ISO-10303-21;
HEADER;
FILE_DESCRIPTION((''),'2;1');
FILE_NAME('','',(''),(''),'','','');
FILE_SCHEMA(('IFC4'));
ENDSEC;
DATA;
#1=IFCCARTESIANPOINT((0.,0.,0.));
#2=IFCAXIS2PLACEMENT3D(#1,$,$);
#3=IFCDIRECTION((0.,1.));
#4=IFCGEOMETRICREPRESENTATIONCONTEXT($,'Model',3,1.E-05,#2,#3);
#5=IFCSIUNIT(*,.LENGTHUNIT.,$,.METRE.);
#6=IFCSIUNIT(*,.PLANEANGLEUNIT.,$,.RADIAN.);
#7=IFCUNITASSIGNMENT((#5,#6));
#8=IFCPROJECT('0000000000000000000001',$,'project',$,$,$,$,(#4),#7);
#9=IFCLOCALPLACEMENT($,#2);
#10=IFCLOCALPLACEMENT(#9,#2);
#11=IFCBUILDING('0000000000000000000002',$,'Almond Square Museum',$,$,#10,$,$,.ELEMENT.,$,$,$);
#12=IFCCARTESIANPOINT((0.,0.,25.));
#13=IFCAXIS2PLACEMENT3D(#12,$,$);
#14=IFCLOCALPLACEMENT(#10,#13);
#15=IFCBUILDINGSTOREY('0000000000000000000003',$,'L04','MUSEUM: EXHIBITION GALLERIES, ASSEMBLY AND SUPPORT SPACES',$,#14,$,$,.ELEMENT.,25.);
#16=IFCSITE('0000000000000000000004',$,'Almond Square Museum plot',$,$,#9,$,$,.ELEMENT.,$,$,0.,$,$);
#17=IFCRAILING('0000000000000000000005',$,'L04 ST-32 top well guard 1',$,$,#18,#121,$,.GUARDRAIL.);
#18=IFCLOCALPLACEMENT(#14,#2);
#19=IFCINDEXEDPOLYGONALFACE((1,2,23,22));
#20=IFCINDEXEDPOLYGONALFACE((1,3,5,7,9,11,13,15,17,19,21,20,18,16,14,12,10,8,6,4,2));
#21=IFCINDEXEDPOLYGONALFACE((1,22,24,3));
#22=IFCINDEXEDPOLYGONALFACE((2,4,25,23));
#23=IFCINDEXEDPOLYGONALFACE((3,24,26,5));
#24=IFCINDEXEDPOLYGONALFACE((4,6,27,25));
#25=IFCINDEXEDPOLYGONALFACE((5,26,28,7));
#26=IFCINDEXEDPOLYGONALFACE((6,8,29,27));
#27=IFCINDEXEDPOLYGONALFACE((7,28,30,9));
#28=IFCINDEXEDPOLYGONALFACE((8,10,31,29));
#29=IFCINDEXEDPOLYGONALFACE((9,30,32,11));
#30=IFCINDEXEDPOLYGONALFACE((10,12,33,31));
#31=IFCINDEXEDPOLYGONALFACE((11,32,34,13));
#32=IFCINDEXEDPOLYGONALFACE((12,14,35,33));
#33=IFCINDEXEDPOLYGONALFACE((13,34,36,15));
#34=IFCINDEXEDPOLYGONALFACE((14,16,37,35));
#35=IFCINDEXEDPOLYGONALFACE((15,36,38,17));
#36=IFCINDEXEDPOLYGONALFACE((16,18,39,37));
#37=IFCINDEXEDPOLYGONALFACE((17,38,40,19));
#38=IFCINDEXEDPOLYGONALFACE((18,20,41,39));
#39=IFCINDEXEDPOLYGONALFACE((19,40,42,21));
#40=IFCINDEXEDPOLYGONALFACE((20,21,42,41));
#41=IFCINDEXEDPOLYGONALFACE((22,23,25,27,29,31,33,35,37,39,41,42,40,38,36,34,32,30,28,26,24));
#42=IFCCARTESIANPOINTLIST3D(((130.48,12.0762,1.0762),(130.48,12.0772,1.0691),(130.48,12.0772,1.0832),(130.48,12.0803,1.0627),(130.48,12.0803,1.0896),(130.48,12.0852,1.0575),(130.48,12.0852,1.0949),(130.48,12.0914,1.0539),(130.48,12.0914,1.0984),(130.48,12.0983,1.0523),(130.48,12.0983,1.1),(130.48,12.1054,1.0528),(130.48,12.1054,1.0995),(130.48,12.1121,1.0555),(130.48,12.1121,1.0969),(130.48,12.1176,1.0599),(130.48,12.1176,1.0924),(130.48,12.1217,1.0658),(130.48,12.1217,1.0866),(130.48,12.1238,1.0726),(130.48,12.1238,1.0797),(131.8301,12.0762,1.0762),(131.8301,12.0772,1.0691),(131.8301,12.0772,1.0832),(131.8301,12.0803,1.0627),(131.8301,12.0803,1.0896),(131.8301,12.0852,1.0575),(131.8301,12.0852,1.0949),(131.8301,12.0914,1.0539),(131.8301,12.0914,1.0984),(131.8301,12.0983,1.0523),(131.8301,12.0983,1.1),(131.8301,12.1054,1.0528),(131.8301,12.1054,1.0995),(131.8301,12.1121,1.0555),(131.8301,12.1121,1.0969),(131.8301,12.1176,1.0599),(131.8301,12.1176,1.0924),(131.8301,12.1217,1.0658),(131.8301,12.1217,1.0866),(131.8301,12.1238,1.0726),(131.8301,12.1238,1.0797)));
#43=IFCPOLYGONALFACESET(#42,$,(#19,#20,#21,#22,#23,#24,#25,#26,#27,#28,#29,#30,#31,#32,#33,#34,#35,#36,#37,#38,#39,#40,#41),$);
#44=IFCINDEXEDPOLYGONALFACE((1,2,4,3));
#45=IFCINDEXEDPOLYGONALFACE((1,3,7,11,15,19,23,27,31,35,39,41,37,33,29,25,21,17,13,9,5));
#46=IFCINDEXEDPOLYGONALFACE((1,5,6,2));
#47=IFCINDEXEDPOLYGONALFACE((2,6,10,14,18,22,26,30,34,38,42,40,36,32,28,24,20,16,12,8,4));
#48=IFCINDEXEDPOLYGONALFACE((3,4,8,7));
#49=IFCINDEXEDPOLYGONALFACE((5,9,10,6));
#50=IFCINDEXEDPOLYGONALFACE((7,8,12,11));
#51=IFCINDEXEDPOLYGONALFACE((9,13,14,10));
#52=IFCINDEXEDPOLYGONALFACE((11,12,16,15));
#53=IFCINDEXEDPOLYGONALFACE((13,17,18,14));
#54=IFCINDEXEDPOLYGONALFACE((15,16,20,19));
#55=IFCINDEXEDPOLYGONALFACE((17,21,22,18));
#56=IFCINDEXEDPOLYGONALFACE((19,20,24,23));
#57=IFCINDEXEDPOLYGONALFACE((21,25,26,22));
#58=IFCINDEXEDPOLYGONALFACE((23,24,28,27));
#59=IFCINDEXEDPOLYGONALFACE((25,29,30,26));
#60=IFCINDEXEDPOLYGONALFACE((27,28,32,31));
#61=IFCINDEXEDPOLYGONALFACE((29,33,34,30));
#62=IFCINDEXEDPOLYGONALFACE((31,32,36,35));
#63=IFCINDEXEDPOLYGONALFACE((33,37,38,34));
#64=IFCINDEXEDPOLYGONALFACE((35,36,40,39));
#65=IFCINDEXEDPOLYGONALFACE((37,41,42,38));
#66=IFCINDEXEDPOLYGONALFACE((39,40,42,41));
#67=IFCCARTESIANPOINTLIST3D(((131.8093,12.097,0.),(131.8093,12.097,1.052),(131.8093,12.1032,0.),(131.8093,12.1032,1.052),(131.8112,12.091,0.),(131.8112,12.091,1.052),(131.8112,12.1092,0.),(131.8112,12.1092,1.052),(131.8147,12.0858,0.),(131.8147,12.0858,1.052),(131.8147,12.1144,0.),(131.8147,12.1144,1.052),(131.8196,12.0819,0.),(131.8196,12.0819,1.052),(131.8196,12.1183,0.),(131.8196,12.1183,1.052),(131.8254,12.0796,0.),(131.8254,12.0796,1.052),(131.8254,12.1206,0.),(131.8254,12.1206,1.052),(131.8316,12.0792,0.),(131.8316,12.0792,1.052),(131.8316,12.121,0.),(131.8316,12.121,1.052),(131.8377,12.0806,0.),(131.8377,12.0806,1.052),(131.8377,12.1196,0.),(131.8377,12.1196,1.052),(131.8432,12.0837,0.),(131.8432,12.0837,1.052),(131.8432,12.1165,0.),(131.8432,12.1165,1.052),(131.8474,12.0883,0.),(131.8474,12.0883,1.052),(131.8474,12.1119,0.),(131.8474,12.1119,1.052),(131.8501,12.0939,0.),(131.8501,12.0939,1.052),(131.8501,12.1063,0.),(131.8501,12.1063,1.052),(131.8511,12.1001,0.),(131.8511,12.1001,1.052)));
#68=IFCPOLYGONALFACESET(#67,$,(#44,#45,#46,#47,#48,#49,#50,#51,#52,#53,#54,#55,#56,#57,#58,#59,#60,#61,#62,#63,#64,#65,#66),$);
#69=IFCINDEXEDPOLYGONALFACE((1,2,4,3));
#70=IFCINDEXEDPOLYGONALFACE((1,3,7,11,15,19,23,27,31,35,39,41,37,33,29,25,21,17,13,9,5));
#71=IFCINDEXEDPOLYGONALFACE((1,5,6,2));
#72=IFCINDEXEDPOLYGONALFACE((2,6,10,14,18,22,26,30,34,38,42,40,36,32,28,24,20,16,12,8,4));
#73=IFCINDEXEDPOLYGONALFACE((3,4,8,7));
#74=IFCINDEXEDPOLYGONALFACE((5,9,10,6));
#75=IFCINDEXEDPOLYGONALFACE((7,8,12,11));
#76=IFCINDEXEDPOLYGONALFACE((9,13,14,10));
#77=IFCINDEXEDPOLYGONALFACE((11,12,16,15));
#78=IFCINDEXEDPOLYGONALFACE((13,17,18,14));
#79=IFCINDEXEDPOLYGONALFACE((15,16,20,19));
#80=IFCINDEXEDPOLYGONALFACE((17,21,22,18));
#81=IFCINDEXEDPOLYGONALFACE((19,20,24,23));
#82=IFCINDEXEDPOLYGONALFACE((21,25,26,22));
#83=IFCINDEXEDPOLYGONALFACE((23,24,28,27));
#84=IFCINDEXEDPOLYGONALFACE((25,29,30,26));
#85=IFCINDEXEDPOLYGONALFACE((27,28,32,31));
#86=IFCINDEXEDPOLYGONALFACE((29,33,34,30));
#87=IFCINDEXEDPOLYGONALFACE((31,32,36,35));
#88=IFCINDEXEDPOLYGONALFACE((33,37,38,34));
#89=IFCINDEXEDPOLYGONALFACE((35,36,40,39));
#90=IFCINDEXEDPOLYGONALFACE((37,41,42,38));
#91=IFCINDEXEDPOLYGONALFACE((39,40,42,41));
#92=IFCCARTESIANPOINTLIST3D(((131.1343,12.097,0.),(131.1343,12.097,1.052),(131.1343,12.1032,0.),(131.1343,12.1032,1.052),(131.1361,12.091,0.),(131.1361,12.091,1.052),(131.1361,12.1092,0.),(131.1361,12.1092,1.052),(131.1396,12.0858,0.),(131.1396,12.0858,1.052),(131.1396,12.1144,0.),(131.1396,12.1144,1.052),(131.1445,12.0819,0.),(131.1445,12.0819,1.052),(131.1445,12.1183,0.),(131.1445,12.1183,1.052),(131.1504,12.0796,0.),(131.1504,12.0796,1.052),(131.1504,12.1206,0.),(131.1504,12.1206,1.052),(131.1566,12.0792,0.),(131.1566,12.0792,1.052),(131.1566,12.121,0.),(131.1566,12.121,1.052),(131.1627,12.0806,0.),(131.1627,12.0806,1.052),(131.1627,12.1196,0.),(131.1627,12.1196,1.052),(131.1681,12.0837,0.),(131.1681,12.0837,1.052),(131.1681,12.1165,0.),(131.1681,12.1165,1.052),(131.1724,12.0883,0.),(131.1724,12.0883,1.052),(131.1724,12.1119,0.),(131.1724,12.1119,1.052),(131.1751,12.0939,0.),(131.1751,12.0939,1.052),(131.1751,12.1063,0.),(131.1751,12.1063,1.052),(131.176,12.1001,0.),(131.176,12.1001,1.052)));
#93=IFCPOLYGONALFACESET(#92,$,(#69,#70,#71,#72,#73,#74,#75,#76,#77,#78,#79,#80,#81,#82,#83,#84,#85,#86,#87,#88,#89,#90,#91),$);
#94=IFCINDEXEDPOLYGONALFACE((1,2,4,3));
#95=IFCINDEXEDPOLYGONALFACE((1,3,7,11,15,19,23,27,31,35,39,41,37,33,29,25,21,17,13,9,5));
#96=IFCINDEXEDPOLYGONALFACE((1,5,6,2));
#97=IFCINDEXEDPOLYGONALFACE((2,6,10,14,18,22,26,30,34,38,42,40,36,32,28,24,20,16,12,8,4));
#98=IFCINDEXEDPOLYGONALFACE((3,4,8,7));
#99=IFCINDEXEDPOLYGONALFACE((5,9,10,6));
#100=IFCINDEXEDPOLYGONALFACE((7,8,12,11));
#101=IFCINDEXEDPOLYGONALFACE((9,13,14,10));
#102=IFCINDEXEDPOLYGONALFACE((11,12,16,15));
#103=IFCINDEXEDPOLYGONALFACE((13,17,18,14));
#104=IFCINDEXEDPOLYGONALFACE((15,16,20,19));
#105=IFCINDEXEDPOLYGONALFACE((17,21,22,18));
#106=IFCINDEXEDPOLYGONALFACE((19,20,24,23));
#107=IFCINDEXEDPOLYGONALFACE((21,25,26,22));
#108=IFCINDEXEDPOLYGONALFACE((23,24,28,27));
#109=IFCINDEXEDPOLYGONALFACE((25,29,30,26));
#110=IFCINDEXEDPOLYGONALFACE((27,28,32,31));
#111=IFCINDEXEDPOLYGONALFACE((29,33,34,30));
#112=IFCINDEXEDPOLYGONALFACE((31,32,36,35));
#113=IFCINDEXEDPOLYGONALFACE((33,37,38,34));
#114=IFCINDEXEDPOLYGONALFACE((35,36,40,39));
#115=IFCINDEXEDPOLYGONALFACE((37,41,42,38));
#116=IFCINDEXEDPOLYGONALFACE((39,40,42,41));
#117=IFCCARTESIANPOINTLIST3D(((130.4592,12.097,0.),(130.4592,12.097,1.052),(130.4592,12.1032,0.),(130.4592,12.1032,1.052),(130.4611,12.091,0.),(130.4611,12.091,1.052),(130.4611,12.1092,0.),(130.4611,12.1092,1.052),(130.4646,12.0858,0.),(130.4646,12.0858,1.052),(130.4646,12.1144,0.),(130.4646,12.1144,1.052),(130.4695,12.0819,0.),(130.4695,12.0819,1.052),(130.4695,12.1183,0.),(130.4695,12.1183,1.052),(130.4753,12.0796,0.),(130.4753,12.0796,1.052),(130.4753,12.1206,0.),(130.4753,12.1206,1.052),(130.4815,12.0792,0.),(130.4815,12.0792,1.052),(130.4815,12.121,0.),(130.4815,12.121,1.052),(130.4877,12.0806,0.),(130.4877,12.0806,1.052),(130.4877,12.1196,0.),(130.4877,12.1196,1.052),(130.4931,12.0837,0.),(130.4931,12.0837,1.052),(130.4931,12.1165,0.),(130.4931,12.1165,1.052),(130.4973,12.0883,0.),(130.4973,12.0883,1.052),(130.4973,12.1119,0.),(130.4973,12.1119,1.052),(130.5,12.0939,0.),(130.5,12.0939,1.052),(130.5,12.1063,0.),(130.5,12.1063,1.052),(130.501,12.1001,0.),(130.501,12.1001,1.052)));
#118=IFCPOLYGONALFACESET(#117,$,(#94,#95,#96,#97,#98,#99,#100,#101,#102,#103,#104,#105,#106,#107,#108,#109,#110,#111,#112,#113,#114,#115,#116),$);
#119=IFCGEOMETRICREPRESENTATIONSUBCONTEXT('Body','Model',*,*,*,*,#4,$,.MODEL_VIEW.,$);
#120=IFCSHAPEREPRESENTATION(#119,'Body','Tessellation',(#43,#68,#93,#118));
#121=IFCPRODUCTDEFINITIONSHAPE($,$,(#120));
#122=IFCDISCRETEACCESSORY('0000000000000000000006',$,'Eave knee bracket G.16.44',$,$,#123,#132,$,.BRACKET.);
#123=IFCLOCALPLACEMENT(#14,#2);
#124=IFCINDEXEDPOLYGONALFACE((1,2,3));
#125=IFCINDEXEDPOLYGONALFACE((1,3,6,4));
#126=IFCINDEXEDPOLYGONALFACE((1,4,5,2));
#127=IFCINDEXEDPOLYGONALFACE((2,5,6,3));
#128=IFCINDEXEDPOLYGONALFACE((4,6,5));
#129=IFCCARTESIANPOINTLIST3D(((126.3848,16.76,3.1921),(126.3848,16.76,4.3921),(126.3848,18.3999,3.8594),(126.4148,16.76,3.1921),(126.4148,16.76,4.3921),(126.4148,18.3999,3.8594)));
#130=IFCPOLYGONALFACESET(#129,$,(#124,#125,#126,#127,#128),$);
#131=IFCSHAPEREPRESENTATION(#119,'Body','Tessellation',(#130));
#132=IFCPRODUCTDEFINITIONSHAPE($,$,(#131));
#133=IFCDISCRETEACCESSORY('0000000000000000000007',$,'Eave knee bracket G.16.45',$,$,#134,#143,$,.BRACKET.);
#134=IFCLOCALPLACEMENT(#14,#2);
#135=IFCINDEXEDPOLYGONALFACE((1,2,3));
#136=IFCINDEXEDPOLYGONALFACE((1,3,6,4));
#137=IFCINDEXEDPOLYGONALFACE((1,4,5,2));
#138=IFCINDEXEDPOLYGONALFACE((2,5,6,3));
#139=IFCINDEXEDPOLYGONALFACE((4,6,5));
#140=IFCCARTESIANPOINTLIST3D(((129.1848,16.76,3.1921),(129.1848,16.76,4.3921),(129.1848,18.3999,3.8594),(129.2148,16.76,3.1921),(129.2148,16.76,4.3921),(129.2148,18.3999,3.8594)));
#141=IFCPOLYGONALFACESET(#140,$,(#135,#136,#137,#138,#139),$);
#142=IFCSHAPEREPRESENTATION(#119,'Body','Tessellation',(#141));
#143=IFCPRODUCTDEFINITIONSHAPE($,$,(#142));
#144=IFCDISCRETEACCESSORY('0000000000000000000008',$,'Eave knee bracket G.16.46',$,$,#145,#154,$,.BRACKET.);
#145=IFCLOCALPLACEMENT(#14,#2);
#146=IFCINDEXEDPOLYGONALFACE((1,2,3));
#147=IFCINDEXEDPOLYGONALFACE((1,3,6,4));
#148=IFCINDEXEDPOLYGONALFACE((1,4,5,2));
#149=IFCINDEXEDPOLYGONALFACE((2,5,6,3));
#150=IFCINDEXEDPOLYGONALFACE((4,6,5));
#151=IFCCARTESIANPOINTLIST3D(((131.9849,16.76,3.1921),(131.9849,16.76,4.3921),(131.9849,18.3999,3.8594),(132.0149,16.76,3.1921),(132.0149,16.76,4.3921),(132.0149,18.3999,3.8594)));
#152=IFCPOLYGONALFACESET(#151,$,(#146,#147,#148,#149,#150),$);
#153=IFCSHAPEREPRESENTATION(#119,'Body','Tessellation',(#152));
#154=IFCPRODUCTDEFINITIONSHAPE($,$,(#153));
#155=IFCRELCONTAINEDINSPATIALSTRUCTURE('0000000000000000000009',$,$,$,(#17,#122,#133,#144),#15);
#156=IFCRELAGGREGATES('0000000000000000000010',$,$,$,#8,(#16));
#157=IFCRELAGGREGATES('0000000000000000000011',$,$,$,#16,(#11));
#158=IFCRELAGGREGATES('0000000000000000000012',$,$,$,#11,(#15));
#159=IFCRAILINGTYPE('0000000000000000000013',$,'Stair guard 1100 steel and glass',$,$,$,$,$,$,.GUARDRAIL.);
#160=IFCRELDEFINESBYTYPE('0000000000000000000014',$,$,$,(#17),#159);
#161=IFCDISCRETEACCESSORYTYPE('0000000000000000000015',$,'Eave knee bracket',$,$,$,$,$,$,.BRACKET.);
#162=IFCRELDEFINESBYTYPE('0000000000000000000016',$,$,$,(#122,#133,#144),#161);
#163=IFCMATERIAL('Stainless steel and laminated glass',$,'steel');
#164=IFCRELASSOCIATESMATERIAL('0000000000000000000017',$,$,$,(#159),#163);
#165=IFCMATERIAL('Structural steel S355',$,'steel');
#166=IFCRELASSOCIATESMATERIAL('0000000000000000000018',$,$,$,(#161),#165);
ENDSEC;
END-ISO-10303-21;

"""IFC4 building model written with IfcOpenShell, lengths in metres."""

from ifc_helpers import new_model, si_unit, direction, frame, origin, origin_2d, place, context, subcontext, project, spatial, polyline, circle, outline, extrude, material, type_object, element, save


model = new_model("IFC4")

# Units and contexts
model_context = context("Model", 3, precision=1e-05, world=origin(), true_north=direction((0.0, 1.0)))
body_context = subcontext(model_context, "Body", "Model", "MODEL_VIEW")
ifc_project = project(units=[si_unit("LENGTHUNIT", "METRE"), si_unit("PLANEANGLEUNIT", "RADIAN")], contexts=[model_context])

# Site, building, storey
site_placement = place(None, origin())
site = spatial("IfcSite", under=ifc_project, at=site_placement, Name="Almond Square Museum plot", CompositionType="ELEMENT", RefElevation=0.0)
building_placement = place(site_placement, origin())
building = spatial("IfcBuilding", under=site, at=building_placement, Name="Almond Square Museum", CompositionType="ELEMENT")
storey_placement = place(building_placement, frame((0.0, 0.0, 25.0)))
storey = spatial("IfcBuildingStorey", under=building, at=storey_placement, Name="L04", Description="MUSEUM: EXHIBITION GALLERIES, ASSEMBLY AND SUPPORT SPACES", CompositionType="ELEMENT", Elevation=25.0)

# Railing
ifc_material_1 = material(Name="Stainless steel and laminated glass", Category="steel")
railing_type = type_object("IfcRailingType", Name="Stair guard 1100 steel and glass", PredefinedType="GUARDRAIL", material=ifc_material_1)
for number, where, name in (
    (1, (131.8301, 12.1001, 0.0), "L04 ST-32 top well guard 1"),
):
    element("IfcRailing", number, at=place(storey_placement, frame(where)), inside=storey, type_object=railing_type, Name=name, PredefinedType="GUARDRAIL", context=body_context, shape_type="SweptSolid", body=[
        extrude(circle(Radius=0.0239, at=origin_2d()), frame((0.0, 0.0, 1.0762), z_axis=(-1.0, 0.0, 0.0), x_axis=(0.0, -1.0, 0.0)), (0.0, 0.0, 1.0), 1.3501),
        extrude(circle(Radius=0.021, at=origin_2d()), origin(), (0.0, 0.0, 1.0), 1.052),
        extrude(circle(Radius=0.021, at=origin_2d()), frame((-0.675, 0.0, 0.0)), (0.0, 0.0, 1.0), 1.052),
        extrude(circle(Radius=0.021, at=origin_2d()), frame((-1.3501, 0.0, 0.0)), (0.0, 0.0, 1.0), 1.052),
    ])

# Discrete accessories
ifc_material_2 = material(Name="Structural steel S355", Category="steel")
discrete_accessory_type = type_object("IfcDiscreteAccessoryType", Name="Eave knee bracket", PredefinedType="BRACKET", material=ifc_material_2)
for number, where, z_axis, x_axis, name in (
    (2, (126.3999, 16.76, 4.3921), (1.0, 0.0, 0.0), (0.0, 0.0, -1.0), "Eave knee bracket G.16.44"),
    (3, (129.2, 16.76, 4.3921), (1.0, 0.0, 0.0), (0.0, 0.0, -1.0), "Eave knee bracket G.16.45"),
    (4, (132.0, 16.76, 4.3921), (1.0, 0.0, 0.0), (0.0, 0.0, -1.0), "Eave knee bracket G.16.46"),
):
    element("IfcDiscreteAccessory", number, at=place(storey_placement, frame(where, z_axis=z_axis, x_axis=x_axis)), inside=storey, type_object=discrete_accessory_type, Name=name, PredefinedType="BRACKET", context=body_context, shape_type="SweptSolid", body=[
        extrude(outline(polyline([(0.0, 0.0), (1.2, 0.0), (0.5327, 1.6399), (0.0, 0.0)])), frame((0.0, 0.0, -0.0151)), (0.0, 0.0, 1.0), 0.03),
    ])

save(model, "model.ifc")
